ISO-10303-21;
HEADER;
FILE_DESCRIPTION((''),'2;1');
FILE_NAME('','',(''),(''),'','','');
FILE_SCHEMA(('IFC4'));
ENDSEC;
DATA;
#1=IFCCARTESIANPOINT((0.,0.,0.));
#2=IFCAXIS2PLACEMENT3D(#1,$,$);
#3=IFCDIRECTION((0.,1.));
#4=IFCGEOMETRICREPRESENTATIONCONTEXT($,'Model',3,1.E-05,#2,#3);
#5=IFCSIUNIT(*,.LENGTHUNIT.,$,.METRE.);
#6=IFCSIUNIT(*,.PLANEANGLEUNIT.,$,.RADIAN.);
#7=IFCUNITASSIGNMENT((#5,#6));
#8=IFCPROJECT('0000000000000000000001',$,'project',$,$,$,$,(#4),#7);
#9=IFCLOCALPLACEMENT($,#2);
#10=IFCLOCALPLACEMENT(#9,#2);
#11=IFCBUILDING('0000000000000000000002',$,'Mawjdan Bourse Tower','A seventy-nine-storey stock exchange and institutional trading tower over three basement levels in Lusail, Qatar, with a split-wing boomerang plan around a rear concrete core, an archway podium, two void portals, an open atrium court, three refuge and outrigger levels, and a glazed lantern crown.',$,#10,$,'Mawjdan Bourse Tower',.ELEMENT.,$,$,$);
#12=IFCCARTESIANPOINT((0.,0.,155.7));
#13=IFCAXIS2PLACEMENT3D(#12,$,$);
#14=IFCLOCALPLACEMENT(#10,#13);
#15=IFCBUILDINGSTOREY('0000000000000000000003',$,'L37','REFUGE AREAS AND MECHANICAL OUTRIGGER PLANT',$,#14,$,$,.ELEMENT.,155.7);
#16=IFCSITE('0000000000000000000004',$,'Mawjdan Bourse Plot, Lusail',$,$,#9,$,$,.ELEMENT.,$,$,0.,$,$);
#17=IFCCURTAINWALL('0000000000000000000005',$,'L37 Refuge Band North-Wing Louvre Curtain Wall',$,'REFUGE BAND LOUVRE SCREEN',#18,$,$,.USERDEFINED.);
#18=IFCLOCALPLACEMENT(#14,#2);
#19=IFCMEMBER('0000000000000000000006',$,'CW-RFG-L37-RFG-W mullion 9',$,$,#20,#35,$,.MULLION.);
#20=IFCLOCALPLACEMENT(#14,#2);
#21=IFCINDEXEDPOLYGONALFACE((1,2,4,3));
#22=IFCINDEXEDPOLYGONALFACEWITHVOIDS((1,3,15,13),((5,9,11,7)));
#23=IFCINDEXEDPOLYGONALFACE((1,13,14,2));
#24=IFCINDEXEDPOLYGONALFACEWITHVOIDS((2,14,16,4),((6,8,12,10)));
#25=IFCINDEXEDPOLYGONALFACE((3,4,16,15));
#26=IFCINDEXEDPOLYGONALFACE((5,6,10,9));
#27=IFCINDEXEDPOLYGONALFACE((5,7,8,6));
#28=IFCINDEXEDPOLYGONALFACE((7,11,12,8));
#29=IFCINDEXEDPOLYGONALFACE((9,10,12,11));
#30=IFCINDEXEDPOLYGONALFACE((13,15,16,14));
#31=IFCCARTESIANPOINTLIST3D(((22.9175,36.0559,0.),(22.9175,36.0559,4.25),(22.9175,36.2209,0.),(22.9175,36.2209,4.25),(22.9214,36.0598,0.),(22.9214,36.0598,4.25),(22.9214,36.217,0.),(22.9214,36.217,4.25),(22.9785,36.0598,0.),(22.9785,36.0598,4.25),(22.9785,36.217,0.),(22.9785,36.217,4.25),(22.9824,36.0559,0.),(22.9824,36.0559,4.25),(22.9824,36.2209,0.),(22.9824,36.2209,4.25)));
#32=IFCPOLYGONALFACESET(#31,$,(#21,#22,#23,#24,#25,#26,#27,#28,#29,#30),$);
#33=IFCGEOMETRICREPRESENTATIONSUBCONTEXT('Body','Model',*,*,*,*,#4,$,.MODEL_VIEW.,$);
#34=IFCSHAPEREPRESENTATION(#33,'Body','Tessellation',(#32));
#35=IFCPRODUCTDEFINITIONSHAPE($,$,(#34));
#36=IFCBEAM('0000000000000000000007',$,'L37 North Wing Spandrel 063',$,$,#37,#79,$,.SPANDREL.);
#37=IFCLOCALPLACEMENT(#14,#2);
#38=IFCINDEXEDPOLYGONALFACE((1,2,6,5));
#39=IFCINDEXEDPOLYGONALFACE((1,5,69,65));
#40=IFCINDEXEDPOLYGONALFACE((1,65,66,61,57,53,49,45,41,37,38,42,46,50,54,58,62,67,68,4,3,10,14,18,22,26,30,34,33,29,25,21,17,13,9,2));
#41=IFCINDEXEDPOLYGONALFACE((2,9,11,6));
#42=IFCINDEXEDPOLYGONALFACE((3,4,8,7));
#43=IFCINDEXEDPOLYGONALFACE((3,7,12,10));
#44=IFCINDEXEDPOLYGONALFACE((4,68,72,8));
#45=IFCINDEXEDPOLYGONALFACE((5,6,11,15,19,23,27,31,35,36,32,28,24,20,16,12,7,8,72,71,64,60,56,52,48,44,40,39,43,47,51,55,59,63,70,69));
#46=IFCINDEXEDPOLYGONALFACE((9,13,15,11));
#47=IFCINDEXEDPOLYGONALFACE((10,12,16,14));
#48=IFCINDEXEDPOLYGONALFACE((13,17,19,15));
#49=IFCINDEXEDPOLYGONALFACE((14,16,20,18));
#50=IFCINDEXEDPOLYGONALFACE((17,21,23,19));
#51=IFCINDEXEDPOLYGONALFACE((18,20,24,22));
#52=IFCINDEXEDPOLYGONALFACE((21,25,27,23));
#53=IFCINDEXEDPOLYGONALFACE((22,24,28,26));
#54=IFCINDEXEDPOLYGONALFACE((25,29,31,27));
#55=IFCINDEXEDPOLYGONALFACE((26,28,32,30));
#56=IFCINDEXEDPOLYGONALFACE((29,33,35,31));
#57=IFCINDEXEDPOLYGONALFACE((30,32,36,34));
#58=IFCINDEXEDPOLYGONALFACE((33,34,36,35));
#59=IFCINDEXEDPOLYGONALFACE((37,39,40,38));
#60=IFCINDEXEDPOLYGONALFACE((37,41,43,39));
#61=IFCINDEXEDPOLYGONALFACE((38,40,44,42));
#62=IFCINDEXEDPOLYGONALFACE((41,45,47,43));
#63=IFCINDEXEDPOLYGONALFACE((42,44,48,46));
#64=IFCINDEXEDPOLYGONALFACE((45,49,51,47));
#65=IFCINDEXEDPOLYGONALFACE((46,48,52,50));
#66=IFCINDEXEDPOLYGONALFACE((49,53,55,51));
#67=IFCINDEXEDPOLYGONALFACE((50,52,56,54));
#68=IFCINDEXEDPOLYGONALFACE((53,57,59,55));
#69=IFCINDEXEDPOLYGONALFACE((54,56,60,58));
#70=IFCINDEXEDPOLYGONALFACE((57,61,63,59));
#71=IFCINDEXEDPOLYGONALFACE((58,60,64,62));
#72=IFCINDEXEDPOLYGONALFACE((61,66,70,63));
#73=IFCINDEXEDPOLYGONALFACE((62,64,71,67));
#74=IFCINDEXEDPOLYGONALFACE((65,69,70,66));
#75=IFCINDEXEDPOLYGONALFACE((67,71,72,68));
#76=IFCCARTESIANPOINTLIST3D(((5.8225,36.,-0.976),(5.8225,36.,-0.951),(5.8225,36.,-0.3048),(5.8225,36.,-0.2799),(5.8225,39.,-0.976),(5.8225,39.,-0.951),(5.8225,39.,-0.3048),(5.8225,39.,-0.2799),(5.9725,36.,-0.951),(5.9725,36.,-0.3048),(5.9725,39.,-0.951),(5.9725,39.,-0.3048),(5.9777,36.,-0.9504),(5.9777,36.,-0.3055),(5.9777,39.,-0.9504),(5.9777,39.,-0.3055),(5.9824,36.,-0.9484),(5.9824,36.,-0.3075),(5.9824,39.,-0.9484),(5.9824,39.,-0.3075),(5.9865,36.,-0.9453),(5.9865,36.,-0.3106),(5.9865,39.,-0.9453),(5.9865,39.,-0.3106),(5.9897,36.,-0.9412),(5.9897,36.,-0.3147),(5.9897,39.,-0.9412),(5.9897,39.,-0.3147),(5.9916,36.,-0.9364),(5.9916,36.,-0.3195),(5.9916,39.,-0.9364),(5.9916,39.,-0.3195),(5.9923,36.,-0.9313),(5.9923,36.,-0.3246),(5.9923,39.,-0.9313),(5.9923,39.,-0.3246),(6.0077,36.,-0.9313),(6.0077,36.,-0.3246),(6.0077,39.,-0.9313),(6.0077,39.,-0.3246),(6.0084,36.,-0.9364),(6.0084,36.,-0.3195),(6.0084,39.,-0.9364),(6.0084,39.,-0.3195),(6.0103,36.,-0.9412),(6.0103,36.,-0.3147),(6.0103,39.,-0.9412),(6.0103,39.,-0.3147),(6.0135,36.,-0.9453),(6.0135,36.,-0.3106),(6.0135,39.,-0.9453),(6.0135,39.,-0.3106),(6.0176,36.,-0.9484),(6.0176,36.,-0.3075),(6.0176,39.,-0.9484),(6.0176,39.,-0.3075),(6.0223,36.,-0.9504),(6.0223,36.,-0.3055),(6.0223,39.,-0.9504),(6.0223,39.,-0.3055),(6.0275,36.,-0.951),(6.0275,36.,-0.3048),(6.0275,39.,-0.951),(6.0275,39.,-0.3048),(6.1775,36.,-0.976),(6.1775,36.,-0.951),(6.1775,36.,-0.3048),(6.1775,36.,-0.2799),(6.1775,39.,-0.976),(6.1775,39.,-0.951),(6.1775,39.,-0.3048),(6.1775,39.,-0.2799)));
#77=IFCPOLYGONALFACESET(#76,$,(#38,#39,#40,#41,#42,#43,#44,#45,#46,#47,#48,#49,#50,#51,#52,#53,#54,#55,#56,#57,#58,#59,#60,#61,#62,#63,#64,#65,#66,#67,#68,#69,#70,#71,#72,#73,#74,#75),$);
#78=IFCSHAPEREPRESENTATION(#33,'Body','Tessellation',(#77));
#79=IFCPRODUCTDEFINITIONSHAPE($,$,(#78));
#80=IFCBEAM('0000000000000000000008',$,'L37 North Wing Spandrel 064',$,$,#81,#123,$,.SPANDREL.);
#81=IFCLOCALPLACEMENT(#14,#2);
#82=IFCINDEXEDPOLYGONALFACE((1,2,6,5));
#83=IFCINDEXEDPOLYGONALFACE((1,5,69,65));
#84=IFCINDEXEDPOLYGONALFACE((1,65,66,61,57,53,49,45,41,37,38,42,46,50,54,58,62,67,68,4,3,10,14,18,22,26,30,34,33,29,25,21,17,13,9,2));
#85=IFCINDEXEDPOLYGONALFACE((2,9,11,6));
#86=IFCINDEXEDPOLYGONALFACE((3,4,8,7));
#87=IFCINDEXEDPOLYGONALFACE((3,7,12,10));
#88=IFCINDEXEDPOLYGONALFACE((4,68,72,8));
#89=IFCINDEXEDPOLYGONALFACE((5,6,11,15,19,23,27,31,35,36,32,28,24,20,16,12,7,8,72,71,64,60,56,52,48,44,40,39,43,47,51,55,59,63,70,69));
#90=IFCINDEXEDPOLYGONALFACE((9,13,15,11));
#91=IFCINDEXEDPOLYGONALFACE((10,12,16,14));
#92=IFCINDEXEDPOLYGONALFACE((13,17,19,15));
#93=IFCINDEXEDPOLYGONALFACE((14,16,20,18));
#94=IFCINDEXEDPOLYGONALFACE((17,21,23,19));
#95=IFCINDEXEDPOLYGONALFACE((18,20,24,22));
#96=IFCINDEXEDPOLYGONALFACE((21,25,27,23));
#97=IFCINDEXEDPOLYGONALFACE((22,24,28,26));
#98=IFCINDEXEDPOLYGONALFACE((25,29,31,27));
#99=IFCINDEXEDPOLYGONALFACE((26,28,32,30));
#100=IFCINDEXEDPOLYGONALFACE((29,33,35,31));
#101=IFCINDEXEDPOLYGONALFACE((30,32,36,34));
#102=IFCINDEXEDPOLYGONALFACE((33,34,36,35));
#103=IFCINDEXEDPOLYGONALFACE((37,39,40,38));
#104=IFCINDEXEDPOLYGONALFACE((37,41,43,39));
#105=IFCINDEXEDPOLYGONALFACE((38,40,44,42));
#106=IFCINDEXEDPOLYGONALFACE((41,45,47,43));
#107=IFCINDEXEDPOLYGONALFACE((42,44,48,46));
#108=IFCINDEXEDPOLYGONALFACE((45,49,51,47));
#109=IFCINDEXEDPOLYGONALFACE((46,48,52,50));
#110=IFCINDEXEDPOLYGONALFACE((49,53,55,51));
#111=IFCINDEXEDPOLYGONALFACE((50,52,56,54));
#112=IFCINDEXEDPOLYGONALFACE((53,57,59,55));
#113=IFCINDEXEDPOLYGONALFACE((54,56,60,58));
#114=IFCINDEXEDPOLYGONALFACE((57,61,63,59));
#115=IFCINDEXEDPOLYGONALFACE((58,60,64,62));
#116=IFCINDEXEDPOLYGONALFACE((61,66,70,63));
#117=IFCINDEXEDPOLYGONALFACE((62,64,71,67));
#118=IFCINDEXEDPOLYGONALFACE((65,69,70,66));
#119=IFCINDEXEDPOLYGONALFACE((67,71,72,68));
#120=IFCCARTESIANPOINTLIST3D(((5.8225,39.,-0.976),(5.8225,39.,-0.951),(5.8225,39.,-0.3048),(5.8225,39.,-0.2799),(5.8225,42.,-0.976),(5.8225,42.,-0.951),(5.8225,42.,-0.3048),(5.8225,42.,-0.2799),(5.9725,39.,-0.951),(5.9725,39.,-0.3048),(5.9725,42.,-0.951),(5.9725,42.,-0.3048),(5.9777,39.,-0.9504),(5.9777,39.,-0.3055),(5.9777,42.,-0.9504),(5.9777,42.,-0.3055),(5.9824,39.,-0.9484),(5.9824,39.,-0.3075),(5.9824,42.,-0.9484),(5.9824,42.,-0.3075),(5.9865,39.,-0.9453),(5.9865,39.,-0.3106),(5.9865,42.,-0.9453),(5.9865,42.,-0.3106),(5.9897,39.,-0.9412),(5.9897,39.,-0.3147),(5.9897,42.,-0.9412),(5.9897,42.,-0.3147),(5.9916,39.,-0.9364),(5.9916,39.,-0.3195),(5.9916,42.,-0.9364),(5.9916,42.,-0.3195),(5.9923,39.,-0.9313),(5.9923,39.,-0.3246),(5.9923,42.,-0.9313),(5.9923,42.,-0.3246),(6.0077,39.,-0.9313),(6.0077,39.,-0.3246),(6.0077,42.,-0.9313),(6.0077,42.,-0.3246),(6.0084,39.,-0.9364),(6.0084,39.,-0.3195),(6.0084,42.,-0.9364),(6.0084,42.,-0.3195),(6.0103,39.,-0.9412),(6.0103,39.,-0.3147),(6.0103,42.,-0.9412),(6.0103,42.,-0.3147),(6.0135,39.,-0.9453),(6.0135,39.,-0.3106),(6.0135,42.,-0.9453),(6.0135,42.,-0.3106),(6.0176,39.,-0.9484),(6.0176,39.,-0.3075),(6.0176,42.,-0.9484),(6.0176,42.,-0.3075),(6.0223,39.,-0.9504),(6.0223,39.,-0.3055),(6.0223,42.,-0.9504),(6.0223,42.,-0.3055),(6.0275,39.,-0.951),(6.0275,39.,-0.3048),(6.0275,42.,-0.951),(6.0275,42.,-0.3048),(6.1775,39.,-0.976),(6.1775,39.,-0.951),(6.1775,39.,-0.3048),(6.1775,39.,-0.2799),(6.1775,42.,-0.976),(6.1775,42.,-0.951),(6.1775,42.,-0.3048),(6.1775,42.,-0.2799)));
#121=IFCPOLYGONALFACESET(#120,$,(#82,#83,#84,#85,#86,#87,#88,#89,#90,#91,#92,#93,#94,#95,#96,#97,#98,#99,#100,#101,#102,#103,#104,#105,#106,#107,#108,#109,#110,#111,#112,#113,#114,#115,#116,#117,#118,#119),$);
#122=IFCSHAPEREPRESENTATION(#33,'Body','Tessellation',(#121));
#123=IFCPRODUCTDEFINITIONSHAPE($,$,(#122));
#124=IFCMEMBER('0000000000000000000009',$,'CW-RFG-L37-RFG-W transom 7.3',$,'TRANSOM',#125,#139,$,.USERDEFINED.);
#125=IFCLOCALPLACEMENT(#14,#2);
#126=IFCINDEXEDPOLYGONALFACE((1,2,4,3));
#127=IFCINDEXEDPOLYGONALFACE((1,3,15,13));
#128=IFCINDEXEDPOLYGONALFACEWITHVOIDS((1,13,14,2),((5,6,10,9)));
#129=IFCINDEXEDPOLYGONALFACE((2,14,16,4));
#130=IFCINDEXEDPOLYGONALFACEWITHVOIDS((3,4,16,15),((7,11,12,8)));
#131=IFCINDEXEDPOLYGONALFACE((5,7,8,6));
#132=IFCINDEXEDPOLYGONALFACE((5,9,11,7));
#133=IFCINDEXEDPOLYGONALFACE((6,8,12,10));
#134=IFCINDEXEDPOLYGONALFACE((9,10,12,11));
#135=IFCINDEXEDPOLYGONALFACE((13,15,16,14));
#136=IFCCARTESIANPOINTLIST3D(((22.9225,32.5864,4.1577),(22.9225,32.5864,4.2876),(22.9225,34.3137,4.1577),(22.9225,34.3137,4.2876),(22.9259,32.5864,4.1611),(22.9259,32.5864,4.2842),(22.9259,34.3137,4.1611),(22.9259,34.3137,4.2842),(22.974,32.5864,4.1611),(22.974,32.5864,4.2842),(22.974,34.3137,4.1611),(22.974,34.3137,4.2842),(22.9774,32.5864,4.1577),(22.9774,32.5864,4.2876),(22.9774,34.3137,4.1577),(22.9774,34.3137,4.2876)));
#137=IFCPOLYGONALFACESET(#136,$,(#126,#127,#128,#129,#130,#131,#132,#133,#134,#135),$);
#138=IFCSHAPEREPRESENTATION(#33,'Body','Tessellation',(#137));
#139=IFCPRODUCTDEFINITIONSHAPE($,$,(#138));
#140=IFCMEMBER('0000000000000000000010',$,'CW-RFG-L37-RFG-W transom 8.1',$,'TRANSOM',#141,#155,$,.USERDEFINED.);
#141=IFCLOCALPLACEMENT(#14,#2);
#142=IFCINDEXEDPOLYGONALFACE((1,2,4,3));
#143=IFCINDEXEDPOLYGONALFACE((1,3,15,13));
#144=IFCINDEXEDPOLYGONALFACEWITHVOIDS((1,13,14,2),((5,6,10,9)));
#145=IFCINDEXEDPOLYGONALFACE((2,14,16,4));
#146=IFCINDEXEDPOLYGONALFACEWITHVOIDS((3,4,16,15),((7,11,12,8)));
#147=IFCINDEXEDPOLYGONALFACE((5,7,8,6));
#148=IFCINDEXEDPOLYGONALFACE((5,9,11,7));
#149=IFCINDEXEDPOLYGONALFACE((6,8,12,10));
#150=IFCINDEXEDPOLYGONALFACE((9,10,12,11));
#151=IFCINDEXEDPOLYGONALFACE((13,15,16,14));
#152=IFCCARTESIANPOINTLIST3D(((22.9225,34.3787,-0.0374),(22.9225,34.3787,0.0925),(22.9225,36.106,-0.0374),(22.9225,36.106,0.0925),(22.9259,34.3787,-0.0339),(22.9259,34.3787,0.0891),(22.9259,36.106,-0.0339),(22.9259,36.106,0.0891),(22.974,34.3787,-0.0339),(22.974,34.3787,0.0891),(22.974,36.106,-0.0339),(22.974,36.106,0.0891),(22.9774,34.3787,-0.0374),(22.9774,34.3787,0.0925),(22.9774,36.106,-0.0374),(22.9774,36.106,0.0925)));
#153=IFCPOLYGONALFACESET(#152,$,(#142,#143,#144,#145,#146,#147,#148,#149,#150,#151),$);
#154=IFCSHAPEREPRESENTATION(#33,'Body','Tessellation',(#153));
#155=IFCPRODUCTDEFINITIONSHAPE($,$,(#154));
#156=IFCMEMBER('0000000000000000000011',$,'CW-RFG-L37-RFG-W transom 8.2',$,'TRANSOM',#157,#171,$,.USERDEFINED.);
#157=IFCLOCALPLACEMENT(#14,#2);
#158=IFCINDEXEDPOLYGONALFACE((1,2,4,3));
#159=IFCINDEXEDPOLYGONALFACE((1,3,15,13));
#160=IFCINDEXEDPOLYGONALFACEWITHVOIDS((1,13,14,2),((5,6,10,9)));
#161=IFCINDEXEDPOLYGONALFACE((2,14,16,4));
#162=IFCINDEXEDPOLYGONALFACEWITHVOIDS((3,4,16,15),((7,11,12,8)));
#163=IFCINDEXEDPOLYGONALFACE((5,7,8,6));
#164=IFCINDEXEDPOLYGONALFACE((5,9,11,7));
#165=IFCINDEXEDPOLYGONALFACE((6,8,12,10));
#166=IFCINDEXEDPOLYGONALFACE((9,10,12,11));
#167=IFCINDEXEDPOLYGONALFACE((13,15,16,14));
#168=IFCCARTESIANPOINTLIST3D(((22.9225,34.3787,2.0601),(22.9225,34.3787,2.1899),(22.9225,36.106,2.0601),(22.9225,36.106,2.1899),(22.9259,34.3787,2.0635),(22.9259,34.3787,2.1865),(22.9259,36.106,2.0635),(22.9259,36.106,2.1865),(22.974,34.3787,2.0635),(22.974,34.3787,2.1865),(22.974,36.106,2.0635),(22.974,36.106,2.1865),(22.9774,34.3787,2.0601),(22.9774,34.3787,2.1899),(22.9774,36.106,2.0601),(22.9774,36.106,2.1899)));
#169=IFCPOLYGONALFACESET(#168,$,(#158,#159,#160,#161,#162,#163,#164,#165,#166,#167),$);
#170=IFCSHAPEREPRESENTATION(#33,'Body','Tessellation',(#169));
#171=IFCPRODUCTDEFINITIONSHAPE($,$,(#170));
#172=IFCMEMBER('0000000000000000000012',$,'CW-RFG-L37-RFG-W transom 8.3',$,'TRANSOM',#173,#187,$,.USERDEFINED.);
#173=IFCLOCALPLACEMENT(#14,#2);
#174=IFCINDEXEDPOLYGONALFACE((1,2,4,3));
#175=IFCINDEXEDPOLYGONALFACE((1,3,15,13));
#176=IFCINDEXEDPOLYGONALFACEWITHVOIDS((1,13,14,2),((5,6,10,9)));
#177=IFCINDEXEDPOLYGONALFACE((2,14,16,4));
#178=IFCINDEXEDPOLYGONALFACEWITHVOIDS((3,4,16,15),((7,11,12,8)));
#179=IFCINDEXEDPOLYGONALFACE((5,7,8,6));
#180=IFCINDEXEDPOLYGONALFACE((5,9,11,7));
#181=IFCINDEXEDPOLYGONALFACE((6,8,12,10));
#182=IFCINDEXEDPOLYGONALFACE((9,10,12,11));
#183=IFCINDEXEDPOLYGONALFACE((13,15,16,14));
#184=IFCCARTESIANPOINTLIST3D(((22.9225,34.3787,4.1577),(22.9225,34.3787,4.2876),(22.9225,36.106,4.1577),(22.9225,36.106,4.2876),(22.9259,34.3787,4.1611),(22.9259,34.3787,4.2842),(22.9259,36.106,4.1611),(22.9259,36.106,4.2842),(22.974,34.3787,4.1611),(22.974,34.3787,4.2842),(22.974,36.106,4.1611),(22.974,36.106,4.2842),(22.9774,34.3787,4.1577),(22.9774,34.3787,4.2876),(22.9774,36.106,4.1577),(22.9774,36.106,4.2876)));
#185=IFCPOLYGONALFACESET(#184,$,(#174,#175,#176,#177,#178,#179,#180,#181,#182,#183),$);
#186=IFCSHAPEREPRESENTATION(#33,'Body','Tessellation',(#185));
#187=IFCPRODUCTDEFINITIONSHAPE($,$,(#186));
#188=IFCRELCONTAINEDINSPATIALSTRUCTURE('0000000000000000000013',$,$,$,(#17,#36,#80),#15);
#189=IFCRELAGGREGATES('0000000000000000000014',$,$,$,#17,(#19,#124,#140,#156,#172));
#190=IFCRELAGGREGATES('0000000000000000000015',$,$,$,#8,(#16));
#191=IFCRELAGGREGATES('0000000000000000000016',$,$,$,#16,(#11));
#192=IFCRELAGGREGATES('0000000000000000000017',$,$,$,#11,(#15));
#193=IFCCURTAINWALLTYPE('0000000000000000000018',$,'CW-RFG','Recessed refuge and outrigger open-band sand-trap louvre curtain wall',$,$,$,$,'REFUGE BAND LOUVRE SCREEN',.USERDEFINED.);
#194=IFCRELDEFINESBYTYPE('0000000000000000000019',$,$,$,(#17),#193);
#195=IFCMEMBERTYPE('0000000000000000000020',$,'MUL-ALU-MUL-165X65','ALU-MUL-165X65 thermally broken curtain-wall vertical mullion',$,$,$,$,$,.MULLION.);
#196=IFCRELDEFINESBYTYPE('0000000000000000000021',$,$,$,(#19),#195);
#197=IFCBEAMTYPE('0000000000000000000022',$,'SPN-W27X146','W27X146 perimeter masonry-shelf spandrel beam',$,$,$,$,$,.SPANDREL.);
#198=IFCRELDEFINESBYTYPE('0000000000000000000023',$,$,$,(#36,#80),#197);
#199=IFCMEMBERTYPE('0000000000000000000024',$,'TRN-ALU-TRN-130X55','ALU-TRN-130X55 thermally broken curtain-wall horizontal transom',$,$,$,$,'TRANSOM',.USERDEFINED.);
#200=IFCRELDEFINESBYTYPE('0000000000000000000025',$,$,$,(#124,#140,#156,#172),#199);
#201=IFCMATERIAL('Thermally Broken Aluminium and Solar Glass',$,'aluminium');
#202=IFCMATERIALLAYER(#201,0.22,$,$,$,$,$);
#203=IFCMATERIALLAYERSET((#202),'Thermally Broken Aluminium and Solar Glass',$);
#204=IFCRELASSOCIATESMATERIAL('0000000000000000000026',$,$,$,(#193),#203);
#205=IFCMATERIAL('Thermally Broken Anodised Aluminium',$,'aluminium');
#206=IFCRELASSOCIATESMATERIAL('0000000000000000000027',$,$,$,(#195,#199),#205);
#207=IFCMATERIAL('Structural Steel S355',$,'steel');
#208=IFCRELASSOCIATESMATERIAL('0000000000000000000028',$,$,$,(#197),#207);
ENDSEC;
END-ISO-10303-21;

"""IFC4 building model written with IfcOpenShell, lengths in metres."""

from ifc_helpers import new_model, si_unit, direction, frame, origin, origin_2d, place, context, subcontext, project, spatial, hollow_rectangle, i_section, extrude, material, layer, layer_set, material_profile, profile_set, type_object, element, aggregate, save


model = new_model("IFC4")

# Units and contexts
model_context = context("Model", 3, precision=1e-05, world=origin(), true_north=direction((0.0, 1.0)))
body_context = subcontext(model_context, "Body", "Model", "MODEL_VIEW")
ifc_project = project(units=[si_unit("LENGTHUNIT", "METRE"), si_unit("PLANEANGLEUNIT", "RADIAN")], contexts=[model_context])

# Site, building, storey
site_placement = place(None, origin())
site = spatial("IfcSite", under=ifc_project, at=site_placement, Name="Mawjdan Bourse Plot, Lusail", CompositionType="ELEMENT", RefElevation=0.0)
building_placement = place(site_placement, origin())
building = spatial("IfcBuilding", under=site, at=building_placement, Name="Mawjdan Bourse Tower", Description="A seventy-nine-storey stock exchange and institutional trading tower over three basement levels in Lusail, Qatar, with a split-wing boomerang plan around a rear concrete core, an archway podium, two void portals, an open atrium court, three refuge and outrigger levels, and a glazed lantern crown.", LongName="Mawjdan Bourse Tower", CompositionType="ELEMENT")
storey_placement = place(building_placement, frame((0.0, 0.0, 155.7)))
storey = spatial("IfcBuildingStorey", under=building, at=storey_placement, Name="L37", Description="REFUGE AREAS AND MECHANICAL OUTRIGGER PLANT", CompositionType="ELEMENT", Elevation=155.7)

# Shared definitions
ifc_material_1 = material(Name="Structural Steel S355", Category="steel")

# Curtain wall, member
ifc_material_2 = material(Name="Thermally Broken Aluminium and Solar Glass", Category="aluminium")
ifc_layer_1 = layer(ifc_material_2, 0.22)
ifc_layer_set_1 = layer_set([ifc_layer_1], Name="Thermally Broken Aluminium and Solar Glass")
curtain_wall_type = type_object("IfcCurtainWallType", Name="CW-RFG", Description="Recessed refuge and outrigger open-band sand-trap louvre curtain wall", ElementType="REFUGE BAND LOUVRE SCREEN", PredefinedType="USERDEFINED", material=ifc_layer_set_1)
curtain_wall_placement = place(storey_placement, origin())
curtain_wall = element("IfcCurtainWall", 1, at=curtain_wall_placement, inside=storey, type_object=curtain_wall_type, Name="L37 Refuge Band North-Wing Louvre Curtain Wall", ObjectType="REFUGE BAND LOUVRE SCREEN", PredefinedType="USERDEFINED")
ifc_material_3 = material(Name="Thermally Broken Anodised Aluminium", Category="aluminium")
ifc_material_profile_1 = material_profile(ifc_material_3, hollow_rectangle(XDim=0.0649, YDim=0.165, WallThickness=0.0039, at=origin_2d()), Name="ALU-MUL-165X65")
ifc_profile_set_1 = profile_set([ifc_material_profile_1], Name="Thermally Broken Anodised Aluminium")
member_type_1 = type_object("IfcMemberType", Name="MUL-ALU-MUL-165X65", Description="ALU-MUL-165X65 thermally broken curtain-wall vertical mullion", PredefinedType="MULLION", material=ifc_profile_set_1)
member_1_placement = place(storey_placement, frame((22.95, 36.1384, 0.0), z_axis=(0.0, 0.0, 1.0), x_axis=(-1.0, 0.0, 0.0)))
member_1 = element("IfcMember", 2, at=member_1_placement, type_object=member_type_1, Name="CW-RFG-L37-RFG-W mullion 9", PredefinedType="MULLION", context=body_context, shape_type="SweptSolid", body=[
    extrude(hollow_rectangle(XDim=0.0649, YDim=0.165, WallThickness=0.0039, at=origin_2d()), origin(), (0.0, 0.0, 1.0), 4.25),
])

# Beams
ifc_material_profile_2 = material_profile(ifc_material_1, i_section(OverallWidth=0.355, OverallDepth=0.696, WebThickness=0.0154, FlangeThickness=0.0249, FilletRadius=0.0198, at=origin_2d()), Name="W27X146")
ifc_profile_set_2 = profile_set([ifc_material_profile_2], Name="Structural Steel S355")
beam_type_1 = type_object("IfcBeamType", Name="SPN-W27X146", Description="W27X146 perimeter masonry-shelf spandrel beam", PredefinedType="SPANDREL", material=ifc_profile_set_2)
for number, where, z_axis, x_axis, name in (
    (3, (6.0, 36.0, -0.6279), (0.0, 1.0, 0.0), (-1.0, 0.0, 0.0), "L37 North Wing Spandrel 063"),
    (4, (6.0, 39.0, -0.6279), (0.0, 1.0, 0.0), (-1.0, 0.0, 0.0), "L37 North Wing Spandrel 064"),
):
    element("IfcBeam", number, at=place(storey_placement, frame(where, z_axis=z_axis, x_axis=x_axis)), inside=storey, type_object=beam_type_1, Name=name, PredefinedType="SPANDREL", context=body_context, shape_type="SweptSolid", body=[
        extrude(i_section(OverallWidth=0.355, OverallDepth=0.696, WebThickness=0.0154, FlangeThickness=0.0249, FilletRadius=0.0198, at=origin_2d()), origin(), (0.0, 0.0, 1.0), 3.0),
    ])

# Members
ifc_material_profile_3 = material_profile(ifc_material_3, hollow_rectangle(XDim=0.0549, YDim=0.1299, WallThickness=0.0034, at=origin_2d()), Name="ALU-TRN-130X55")
ifc_profile_set_3 = profile_set([ifc_material_profile_3], Name="Thermally Broken Anodised Aluminium")
member_type_2 = type_object("IfcMemberType", Name="TRN-ALU-TRN-130X55", Description="ALU-TRN-130X55 thermally broken curtain-wall horizontal transom", ElementType="TRANSOM", PredefinedType="USERDEFINED", material=ifc_profile_set_3)
member_2_placement = place(storey_placement, frame((22.95, 32.5864, 4.2227), z_axis=(0.0, 1.0, 0.0), x_axis=(-1.0, 0.0, 0.0)))
member_2 = element("IfcMember", 5, at=member_2_placement, type_object=member_type_2, Name="CW-RFG-L37-RFG-W transom 7.3", ObjectType="TRANSOM", PredefinedType="USERDEFINED", context=body_context, shape_type="SweptSolid", body=[
    extrude(hollow_rectangle(XDim=0.0549, YDim=0.1299, WallThickness=0.0034, at=origin_2d()), origin(), (0.0, 0.0, 1.0), 1.7273),
])
member_3_placement = place(storey_placement, frame((22.95, 34.3787, 0.0276), z_axis=(0.0, 1.0, 0.0), x_axis=(-1.0, 0.0, 0.0)))
member_3 = element("IfcMember", 6, at=member_3_placement, type_object=member_type_2, Name="CW-RFG-L37-RFG-W transom 8.1", ObjectType="TRANSOM", PredefinedType="USERDEFINED", context=body_context, shape_type="SweptSolid", body=[
    extrude(hollow_rectangle(XDim=0.0549, YDim=0.1299, WallThickness=0.0034, at=origin_2d()), origin(), (0.0, 0.0, 1.0), 1.7273),
])
member_4_placement = place(storey_placement, frame((22.95, 34.3787, 2.125), z_axis=(0.0, 1.0, 0.0), x_axis=(-1.0, 0.0, 0.0)))
member_4 = element("IfcMember", 7, at=member_4_placement, type_object=member_type_2, Name="CW-RFG-L37-RFG-W transom 8.2", ObjectType="TRANSOM", PredefinedType="USERDEFINED", context=body_context, shape_type="SweptSolid", body=[
    extrude(hollow_rectangle(XDim=0.0549, YDim=0.1299, WallThickness=0.0034, at=origin_2d()), origin(), (0.0, 0.0, 1.0), 1.7273),
])
member_5_placement = place(storey_placement, frame((22.95, 34.3787, 4.2227), z_axis=(0.0, 1.0, 0.0), x_axis=(-1.0, 0.0, 0.0)))
member_5 = element("IfcMember", 8, at=member_5_placement, type_object=member_type_2, Name="CW-RFG-L37-RFG-W transom 8.3", ObjectType="TRANSOM", PredefinedType="USERDEFINED", context=body_context, shape_type="SweptSolid", body=[
    extrude(hollow_rectangle(XDim=0.0549, YDim=0.1299, WallThickness=0.0034, at=origin_2d()), origin(), (0.0, 0.0, 1.0), 1.7273),
])

aggregate(curtain_wall, [member_1, member_2, member_3, member_4, member_5])

save(model, "model.ifc")
